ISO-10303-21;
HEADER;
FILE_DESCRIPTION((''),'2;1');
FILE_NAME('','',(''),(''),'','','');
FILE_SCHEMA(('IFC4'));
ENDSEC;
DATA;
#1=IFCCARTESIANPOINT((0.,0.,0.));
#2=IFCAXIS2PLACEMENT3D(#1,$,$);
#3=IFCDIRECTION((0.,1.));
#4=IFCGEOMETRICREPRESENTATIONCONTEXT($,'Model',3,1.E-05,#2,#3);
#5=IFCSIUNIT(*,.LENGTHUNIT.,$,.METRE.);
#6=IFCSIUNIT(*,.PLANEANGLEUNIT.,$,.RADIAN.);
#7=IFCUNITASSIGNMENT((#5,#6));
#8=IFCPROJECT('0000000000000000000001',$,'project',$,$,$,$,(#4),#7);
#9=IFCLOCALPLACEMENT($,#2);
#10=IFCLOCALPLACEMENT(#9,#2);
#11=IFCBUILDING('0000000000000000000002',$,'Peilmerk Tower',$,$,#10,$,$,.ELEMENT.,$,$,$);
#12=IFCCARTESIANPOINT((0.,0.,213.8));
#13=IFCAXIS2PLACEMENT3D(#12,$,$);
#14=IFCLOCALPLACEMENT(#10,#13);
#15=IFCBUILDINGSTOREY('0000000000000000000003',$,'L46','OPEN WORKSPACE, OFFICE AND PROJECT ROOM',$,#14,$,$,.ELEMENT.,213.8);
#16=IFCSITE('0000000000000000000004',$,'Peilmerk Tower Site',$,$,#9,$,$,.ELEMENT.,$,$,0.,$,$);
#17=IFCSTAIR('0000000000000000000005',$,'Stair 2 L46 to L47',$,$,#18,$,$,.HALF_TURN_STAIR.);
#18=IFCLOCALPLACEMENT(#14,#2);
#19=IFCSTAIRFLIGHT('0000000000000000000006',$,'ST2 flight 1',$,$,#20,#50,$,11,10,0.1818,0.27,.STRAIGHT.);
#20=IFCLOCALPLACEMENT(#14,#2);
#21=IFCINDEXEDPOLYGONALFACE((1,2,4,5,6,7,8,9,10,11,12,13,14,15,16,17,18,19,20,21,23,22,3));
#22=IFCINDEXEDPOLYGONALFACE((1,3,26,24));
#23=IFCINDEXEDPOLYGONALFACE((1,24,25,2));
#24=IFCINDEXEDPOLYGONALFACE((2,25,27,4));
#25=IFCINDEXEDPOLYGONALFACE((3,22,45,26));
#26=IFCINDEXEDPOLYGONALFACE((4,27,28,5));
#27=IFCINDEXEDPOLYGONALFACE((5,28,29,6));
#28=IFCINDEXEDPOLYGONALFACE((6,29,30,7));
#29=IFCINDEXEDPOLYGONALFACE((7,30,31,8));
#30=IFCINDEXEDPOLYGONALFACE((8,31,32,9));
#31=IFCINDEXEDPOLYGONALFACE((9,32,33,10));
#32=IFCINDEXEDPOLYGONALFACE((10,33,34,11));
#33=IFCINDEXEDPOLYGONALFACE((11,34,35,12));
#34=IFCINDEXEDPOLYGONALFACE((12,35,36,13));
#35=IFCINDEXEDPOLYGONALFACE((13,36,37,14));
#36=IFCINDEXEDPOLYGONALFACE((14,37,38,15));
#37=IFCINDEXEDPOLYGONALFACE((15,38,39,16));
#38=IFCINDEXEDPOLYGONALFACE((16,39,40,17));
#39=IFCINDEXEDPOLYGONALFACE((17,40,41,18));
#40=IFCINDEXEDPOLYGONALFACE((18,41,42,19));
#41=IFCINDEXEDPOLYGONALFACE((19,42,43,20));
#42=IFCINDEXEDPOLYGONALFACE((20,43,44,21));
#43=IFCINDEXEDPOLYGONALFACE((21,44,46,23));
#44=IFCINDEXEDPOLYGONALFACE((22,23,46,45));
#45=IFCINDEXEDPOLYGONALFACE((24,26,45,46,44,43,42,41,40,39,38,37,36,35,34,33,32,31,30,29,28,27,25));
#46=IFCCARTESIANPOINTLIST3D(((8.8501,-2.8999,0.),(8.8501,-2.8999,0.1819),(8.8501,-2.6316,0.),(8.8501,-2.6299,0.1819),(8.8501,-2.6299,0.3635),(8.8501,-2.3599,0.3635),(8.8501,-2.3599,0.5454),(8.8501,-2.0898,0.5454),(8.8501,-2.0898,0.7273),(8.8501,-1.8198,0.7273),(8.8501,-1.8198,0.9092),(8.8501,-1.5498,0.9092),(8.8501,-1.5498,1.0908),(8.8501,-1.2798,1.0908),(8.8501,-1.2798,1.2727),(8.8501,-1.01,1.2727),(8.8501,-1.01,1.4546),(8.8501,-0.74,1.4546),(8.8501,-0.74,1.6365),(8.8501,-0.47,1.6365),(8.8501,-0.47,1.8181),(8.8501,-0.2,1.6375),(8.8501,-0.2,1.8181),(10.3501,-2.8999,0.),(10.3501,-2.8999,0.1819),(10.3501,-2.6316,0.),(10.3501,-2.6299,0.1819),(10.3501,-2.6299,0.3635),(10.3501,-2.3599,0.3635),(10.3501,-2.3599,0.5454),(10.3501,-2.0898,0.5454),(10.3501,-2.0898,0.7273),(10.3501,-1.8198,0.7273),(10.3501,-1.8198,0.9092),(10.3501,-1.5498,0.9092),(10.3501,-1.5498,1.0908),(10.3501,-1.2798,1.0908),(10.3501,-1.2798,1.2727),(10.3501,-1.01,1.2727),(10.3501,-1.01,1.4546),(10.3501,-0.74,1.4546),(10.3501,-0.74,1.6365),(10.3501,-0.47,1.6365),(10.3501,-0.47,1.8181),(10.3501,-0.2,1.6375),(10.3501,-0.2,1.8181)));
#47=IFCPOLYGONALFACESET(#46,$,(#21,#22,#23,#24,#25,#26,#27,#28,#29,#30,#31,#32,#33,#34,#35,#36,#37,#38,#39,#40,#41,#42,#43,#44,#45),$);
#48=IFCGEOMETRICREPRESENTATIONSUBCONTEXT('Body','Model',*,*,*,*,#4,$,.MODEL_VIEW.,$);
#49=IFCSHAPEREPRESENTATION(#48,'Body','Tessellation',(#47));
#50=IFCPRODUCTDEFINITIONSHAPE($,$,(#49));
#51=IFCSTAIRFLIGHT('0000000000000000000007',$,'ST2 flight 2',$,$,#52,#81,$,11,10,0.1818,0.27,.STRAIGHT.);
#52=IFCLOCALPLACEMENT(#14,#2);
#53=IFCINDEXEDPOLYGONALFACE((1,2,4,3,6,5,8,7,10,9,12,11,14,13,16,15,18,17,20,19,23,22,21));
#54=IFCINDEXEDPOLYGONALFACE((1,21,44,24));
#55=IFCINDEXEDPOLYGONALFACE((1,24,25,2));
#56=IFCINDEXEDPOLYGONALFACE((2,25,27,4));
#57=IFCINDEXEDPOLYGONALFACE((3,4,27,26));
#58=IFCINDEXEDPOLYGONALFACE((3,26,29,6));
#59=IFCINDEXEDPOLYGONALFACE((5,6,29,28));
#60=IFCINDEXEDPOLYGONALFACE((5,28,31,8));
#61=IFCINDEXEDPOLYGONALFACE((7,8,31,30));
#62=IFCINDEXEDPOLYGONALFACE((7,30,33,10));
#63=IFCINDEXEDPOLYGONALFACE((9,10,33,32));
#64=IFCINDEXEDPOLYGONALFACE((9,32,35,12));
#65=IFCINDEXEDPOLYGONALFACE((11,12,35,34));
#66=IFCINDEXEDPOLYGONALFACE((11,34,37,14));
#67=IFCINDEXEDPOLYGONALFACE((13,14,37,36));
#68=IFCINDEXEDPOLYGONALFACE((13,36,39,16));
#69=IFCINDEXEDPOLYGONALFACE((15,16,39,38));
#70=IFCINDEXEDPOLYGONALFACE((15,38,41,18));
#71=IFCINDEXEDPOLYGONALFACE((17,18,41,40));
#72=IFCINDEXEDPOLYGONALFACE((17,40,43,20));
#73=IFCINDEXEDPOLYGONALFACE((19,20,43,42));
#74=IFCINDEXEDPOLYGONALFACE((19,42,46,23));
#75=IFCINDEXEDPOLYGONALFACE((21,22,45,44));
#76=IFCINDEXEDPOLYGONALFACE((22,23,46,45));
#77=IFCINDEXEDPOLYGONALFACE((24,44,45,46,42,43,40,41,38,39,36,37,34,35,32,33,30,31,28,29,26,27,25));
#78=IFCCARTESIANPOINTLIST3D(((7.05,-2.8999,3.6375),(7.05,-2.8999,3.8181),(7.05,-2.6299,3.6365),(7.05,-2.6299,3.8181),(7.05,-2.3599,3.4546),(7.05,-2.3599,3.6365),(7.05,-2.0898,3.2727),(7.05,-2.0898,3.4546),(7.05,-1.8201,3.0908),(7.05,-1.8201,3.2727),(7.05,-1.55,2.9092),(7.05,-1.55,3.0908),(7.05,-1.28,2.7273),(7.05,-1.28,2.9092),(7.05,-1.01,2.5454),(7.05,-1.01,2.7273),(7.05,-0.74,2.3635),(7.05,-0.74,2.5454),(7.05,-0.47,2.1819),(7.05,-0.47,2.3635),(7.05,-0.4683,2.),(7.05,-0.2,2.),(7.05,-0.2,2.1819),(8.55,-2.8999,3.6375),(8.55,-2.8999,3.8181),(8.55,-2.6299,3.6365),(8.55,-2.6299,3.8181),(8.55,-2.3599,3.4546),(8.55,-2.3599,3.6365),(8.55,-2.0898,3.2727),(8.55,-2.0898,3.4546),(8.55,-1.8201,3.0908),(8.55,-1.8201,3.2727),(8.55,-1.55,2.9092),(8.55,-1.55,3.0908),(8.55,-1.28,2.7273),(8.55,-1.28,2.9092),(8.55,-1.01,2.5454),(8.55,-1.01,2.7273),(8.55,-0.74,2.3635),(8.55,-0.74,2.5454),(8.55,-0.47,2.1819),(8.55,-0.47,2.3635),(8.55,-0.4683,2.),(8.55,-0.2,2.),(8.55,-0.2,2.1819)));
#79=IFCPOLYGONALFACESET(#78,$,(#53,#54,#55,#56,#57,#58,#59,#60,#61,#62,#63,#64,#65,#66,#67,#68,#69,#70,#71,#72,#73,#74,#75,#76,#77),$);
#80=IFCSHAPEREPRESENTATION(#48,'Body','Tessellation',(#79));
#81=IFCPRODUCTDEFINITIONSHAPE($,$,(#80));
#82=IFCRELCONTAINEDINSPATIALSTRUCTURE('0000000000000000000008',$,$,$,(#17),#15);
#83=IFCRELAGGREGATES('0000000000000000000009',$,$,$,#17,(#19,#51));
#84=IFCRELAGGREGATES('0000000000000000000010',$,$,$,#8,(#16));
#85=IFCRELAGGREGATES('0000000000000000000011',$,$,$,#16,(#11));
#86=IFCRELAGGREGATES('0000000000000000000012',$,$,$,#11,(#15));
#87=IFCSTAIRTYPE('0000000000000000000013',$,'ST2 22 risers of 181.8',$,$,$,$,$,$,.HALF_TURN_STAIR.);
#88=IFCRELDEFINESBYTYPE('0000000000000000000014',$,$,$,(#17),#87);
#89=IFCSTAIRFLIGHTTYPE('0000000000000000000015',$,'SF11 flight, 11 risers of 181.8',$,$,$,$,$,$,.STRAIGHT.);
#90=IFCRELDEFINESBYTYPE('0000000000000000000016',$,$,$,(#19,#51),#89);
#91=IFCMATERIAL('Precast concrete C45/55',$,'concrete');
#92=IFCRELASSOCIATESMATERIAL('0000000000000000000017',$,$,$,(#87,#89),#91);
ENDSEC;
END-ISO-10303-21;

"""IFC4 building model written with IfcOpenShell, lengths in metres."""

from ifc_helpers import new_model, si_unit, direction, frame, origin, place, context, subcontext, project, spatial, polyline, outline, extrude, material, type_object, element, aggregate, save


model = new_model("IFC4")

# Units and contexts
model_context = context("Model", 3, precision=1e-05, world=origin(), true_north=direction((0.0, 1.0)))
body_context = subcontext(model_context, "Body", "Model", "MODEL_VIEW")
ifc_project = project(units=[si_unit("LENGTHUNIT", "METRE"), si_unit("PLANEANGLEUNIT", "RADIAN")], contexts=[model_context])

# Site, building, storey
site_placement = place(None, origin())
site = spatial("IfcSite", under=ifc_project, at=site_placement, Name="Peilmerk Tower Site", CompositionType="ELEMENT", RefElevation=0.0)
building_placement = place(site_placement, origin())
building = spatial("IfcBuilding", under=site, at=building_placement, Name="Peilmerk Tower", CompositionType="ELEMENT")
storey_placement = place(building_placement, frame((0.0, 0.0, 213.8)))
storey = spatial("IfcBuildingStorey", under=building, at=storey_placement, Name="L46", Description="OPEN WORKSPACE, OFFICE AND PROJECT ROOM", CompositionType="ELEMENT", Elevation=213.8)

# Stair
ifc_material_1 = material(Name="Precast concrete C45/55", Category="concrete")
stair_type_1 = type_object("IfcStairType", Name="ST2 22 risers of 181.8", PredefinedType="HALF_TURN_STAIR", material=ifc_material_1)
stair_1_placement = place(storey_placement, origin())
stair_1 = element("IfcStair", 1, at=stair_1_placement, inside=storey, type_object=stair_type_1, Name="Stair 2 L46 to L47", PredefinedType="HALF_TURN_STAIR")

# Stair flights
stair_flight_type = type_object("IfcStairFlightType", Name="SF11 flight, 11 risers of 181.8", PredefinedType="STRAIGHT", material=ifc_material_1)
stair_flight_1_placement = place(storey_placement, frame((9.6001, -2.8999, 0.0), z_axis=(0.0, 0.0, 1.0), x_axis=(0.0, 1.0, 0.0)))
stair_flight_1 = element("IfcStairFlight", 2, at=stair_flight_1_placement, type_object=stair_flight_type, Name="ST2 flight 1", NumberOfRisers=11, NumberOfTreads=10, PredefinedType="STRAIGHT", RiserHeight=0.1818, TreadLength=0.27, context=body_context, shape_type="SweptSolid", body=[
    extrude(outline(polyline([(0.0, 0.0), (0.0, 0.1819), (0.27, 0.1819), (0.27, 0.3635), (0.54, 0.3635), (0.54, 0.5454), (0.8101, 0.5454), (0.8101, 0.7273), (1.0801, 0.7273), (1.0801, 0.9092), (1.3501, 0.9092), (1.3501, 1.0908), (1.6201, 1.0908), (1.6201, 1.2727), (1.8899, 1.2727), (1.8899, 1.4546), (2.1599, 1.4546), (2.1599, 1.6365), (2.4299, 1.6365), (2.4299, 1.8181), (2.7, 1.8181), (2.7, 2.0), (2.7, 1.6375), (0.2683, 0.0), (0.0, 0.0)])), frame((0.0, 0.75, 0.0), z_axis=(0.0, -1.0, 0.0), x_axis=(1.0, 0.0, 0.0)), (0.0, 0.0, 1.0), 1.5),
])
stair_flight_2_placement = place(storey_placement, frame((7.8, -0.2, 2.0), z_axis=(0.0, 0.0, 1.0), x_axis=(0.0, -1.0, 0.0)))
stair_flight_2 = element("IfcStairFlight", 3, at=stair_flight_2_placement, type_object=stair_flight_type, Name="ST2 flight 2", NumberOfRisers=11, NumberOfTreads=10, PredefinedType="STRAIGHT", RiserHeight=0.1818, TreadLength=0.27, context=body_context, shape_type="SweptSolid", body=[
    extrude(outline(polyline([(0.0, 0.0), (0.0, 0.1819), (0.27, 0.1819), (0.27, 0.3635), (0.54, 0.3635), (0.54, 0.5454), (0.8101, 0.5454), (0.8101, 0.7273), (1.0801, 0.7273), (1.0801, 0.9092), (1.3501, 0.9092), (1.3501, 1.0908), (1.6201, 1.0908), (1.6201, 1.2727), (1.8899, 1.2727), (1.8899, 1.4546), (2.1599, 1.4546), (2.1599, 1.6365), (2.4299, 1.6365), (2.4299, 1.8181), (2.7, 1.8181), (2.7, 2.0), (2.7, 1.6375), (0.2683, 0.0), (0.0, 0.0)])), frame((0.0, 0.75, 0.0), z_axis=(0.0, -1.0, 0.0), x_axis=(1.0, 0.0, 0.0)), (0.0, 0.0, 1.0), 1.5),
])
aggregate(stair_1, [stair_flight_1, stair_flight_2])

save(model, "model.ifc")
